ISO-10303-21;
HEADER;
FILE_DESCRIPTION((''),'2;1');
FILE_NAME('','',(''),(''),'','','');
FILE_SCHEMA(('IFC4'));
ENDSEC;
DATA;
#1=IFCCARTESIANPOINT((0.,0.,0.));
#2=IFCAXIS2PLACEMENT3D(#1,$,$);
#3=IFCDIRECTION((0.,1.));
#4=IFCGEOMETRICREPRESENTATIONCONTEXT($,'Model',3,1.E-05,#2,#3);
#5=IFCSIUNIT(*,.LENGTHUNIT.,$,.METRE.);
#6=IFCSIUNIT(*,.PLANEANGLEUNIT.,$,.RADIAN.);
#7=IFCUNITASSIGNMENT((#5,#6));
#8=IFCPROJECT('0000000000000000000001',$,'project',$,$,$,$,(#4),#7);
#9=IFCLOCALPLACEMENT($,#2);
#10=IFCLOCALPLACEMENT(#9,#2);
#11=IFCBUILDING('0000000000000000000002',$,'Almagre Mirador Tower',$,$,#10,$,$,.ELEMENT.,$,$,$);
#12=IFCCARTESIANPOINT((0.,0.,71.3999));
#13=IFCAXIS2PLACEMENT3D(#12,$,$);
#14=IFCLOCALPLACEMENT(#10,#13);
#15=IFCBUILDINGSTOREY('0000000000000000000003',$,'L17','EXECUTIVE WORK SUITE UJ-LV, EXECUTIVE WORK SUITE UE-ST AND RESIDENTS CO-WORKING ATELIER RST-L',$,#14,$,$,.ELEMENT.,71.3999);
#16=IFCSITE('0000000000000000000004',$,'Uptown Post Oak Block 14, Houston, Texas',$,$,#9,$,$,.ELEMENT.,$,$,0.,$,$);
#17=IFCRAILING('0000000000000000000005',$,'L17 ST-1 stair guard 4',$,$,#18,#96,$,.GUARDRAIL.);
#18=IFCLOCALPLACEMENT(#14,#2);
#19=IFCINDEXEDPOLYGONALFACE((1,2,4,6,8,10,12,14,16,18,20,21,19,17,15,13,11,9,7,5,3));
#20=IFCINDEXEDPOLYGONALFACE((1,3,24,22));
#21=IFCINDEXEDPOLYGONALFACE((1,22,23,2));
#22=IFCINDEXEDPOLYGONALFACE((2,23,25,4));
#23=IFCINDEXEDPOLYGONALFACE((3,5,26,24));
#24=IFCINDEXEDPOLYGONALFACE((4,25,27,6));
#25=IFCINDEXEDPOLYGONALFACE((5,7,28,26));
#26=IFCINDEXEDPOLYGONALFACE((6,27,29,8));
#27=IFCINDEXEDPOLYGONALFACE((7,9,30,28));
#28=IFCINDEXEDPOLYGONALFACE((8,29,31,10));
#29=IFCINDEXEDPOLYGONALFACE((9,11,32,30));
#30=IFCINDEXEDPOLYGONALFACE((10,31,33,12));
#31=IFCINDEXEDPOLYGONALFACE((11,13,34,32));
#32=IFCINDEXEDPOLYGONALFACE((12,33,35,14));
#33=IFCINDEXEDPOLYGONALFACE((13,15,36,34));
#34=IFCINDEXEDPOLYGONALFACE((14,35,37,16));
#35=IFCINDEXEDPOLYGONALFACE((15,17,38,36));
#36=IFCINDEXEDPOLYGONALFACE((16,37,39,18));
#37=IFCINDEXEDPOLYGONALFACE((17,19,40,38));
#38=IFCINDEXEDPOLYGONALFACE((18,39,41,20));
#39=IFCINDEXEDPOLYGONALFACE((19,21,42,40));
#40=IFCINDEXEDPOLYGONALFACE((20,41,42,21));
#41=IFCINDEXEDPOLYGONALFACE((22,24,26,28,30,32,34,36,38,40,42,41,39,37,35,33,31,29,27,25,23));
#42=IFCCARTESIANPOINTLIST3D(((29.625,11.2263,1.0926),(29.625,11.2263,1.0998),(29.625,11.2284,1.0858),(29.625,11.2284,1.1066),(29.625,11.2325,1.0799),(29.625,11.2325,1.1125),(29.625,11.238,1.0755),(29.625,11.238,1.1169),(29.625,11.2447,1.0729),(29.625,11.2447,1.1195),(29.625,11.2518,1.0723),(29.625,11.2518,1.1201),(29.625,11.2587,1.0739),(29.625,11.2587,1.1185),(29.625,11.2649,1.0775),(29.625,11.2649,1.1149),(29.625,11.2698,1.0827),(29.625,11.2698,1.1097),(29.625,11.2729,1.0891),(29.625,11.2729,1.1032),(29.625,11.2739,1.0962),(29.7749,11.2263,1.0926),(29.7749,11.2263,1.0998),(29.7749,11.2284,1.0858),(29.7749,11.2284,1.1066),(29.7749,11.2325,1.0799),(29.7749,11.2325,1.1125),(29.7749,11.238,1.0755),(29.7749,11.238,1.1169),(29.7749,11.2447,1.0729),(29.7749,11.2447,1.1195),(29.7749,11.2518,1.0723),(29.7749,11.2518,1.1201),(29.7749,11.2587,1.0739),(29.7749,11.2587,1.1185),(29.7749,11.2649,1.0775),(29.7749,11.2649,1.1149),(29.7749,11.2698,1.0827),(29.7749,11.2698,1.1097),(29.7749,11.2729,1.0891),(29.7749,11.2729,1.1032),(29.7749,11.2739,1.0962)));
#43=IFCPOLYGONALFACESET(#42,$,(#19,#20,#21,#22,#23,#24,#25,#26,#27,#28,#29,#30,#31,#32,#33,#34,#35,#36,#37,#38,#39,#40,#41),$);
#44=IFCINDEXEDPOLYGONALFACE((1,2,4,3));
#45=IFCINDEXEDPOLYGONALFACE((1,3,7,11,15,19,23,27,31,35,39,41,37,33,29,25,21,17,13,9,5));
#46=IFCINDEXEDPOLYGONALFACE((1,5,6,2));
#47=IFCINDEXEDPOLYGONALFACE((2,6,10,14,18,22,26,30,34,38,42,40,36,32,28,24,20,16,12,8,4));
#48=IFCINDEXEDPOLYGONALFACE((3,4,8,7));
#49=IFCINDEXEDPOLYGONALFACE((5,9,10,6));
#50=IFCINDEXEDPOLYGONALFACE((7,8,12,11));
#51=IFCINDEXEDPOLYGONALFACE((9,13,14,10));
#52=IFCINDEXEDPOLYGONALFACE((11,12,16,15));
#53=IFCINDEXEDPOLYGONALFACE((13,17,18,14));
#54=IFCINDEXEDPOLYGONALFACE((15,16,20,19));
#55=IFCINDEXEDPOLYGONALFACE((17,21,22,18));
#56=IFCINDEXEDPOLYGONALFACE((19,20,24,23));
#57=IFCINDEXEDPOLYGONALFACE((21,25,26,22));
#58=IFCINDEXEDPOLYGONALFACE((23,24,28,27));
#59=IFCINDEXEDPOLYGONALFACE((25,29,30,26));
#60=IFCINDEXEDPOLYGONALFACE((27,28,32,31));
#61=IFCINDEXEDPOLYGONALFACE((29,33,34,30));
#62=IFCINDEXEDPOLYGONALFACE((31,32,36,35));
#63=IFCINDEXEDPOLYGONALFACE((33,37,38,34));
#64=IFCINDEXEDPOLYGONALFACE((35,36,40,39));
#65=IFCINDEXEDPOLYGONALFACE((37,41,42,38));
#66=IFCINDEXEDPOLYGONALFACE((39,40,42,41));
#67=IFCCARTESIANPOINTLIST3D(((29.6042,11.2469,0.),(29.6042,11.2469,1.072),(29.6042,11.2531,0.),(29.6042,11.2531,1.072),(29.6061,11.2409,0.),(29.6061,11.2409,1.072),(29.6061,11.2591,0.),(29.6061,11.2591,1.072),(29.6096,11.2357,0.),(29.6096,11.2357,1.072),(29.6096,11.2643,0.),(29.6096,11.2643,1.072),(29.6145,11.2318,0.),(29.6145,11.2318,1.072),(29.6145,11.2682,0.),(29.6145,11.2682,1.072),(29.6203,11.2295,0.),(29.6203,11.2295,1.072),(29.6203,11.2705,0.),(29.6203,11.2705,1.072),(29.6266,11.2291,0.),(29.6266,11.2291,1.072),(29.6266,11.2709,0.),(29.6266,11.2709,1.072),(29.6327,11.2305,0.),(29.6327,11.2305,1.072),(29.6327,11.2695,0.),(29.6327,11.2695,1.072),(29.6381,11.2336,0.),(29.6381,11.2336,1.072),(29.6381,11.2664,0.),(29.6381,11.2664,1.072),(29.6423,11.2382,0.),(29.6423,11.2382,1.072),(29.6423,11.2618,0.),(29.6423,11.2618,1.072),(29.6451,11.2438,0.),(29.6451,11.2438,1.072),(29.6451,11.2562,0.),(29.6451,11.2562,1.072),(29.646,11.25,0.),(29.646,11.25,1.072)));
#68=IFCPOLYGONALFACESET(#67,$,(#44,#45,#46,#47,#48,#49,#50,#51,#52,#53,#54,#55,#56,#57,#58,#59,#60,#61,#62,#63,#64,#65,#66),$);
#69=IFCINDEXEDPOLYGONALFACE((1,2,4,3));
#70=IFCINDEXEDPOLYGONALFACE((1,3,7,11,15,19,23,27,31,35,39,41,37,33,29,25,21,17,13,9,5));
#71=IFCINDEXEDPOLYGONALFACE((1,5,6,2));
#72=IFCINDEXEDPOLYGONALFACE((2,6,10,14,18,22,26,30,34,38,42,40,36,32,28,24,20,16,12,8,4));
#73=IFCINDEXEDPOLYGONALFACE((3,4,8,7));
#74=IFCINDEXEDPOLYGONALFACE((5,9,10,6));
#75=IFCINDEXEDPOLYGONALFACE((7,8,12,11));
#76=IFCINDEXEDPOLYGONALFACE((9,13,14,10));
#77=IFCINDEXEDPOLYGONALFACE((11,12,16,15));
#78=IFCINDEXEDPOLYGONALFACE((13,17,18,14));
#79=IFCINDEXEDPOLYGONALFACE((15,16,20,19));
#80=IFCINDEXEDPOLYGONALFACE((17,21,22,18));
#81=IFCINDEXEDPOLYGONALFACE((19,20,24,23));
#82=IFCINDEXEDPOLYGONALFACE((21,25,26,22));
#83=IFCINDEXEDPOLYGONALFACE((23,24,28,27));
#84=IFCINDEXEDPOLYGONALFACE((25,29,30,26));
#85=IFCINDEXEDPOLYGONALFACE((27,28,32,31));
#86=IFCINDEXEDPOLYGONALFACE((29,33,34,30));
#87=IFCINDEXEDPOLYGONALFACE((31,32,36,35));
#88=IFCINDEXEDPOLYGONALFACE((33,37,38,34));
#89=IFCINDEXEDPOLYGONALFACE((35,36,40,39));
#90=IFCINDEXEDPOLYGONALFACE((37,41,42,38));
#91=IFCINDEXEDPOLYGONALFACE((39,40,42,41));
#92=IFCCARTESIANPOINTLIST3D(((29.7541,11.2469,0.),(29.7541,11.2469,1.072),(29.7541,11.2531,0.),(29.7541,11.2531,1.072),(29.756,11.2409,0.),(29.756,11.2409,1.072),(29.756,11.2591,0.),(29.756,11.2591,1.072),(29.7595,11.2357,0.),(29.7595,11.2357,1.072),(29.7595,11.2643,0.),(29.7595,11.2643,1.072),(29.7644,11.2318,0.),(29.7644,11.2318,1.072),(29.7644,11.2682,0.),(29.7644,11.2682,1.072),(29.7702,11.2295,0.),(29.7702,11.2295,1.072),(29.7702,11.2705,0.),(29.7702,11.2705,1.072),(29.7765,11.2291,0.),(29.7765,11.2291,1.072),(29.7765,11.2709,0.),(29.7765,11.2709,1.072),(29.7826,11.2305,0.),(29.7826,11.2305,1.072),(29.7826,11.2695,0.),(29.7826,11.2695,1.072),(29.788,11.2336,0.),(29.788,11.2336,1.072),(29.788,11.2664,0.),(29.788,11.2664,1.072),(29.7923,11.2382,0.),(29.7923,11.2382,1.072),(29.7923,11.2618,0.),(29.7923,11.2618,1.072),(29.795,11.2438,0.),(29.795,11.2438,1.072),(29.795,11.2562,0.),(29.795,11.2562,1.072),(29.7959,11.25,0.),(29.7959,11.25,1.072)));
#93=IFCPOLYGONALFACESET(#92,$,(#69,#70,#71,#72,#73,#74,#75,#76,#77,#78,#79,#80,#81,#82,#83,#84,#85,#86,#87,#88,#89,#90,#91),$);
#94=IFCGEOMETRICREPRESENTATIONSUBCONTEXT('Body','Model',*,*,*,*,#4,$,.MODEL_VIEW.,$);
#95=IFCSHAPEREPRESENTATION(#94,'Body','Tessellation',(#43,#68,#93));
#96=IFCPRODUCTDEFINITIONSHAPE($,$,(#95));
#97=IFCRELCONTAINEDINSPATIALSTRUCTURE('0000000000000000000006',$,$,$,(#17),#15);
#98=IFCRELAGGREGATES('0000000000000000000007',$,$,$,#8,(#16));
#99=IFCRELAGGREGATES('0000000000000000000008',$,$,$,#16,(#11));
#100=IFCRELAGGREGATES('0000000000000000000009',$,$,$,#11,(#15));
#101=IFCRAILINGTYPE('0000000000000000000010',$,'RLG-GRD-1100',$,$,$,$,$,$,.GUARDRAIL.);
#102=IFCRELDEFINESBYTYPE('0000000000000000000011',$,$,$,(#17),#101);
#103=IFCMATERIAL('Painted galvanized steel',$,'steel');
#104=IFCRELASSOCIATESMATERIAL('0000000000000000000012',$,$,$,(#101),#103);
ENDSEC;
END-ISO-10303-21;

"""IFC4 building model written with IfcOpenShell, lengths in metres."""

from ifc_helpers import new_model, si_unit, direction, frame, origin, origin_2d, place, context, subcontext, project, spatial, circle, extrude, material, type_object, element, save


model = new_model("IFC4")

# Units and contexts
model_context = context("Model", 3, precision=1e-05, world=origin(), true_north=direction((0.0, 1.0)))
body_context = subcontext(model_context, "Body", "Model", "MODEL_VIEW")
ifc_project = project(units=[si_unit("LENGTHUNIT", "METRE"), si_unit("PLANEANGLEUNIT", "RADIAN")], contexts=[model_context])

# Site, building, storey
site_placement = place(None, origin())
site = spatial("IfcSite", under=ifc_project, at=site_placement, Name="Uptown Post Oak Block 14, Houston, Texas", CompositionType="ELEMENT", RefElevation=0.0)
building_placement = place(site_placement, origin())
building = spatial("IfcBuilding", under=site, at=building_placement, Name="Almagre Mirador Tower", CompositionType="ELEMENT")
storey_placement = place(building_placement, frame((0.0, 0.0, 71.3999)))
storey = spatial("IfcBuildingStorey", under=building, at=storey_placement, Name="L17", Description="EXECUTIVE WORK SUITE UJ-LV, EXECUTIVE WORK SUITE UE-ST AND RESIDENTS CO-WORKING ATELIER RST-L", CompositionType="ELEMENT", Elevation=71.3999)

# Railing
ifc_material_1 = material(Name="Painted galvanized steel", Category="steel")
railing_type_1 = type_object("IfcRailingType", Name="RLG-GRD-1100", PredefinedType="GUARDRAIL", material=ifc_material_1)
railing_1_placement = place(storey_placement, frame((29.625, 11.25, 0.0)))
element("IfcRailing", 1, at=railing_1_placement, inside=storey, type_object=railing_type_1, Name="L17 ST-1 stair guard 4", PredefinedType="GUARDRAIL", context=body_context, shape_type="SweptSolid", body=[
    extrude(circle(Radius=0.0239, at=origin_2d()), frame((0.0, 0.0, 1.0962), z_axis=(1.0, 0.0, 0.0), x_axis=(0.0, 1.0, 0.0)), (0.0, 0.0, 1.0), 0.1499),
    extrude(circle(Radius=0.021, at=origin_2d()), origin(), (0.0, 0.0, 1.0), 1.072),
    extrude(circle(Radius=0.021, at=origin_2d()), frame((0.1499, 0.0, 0.0)), (0.0, 0.0, 1.0), 1.072),
])

save(model, "model.ifc")
